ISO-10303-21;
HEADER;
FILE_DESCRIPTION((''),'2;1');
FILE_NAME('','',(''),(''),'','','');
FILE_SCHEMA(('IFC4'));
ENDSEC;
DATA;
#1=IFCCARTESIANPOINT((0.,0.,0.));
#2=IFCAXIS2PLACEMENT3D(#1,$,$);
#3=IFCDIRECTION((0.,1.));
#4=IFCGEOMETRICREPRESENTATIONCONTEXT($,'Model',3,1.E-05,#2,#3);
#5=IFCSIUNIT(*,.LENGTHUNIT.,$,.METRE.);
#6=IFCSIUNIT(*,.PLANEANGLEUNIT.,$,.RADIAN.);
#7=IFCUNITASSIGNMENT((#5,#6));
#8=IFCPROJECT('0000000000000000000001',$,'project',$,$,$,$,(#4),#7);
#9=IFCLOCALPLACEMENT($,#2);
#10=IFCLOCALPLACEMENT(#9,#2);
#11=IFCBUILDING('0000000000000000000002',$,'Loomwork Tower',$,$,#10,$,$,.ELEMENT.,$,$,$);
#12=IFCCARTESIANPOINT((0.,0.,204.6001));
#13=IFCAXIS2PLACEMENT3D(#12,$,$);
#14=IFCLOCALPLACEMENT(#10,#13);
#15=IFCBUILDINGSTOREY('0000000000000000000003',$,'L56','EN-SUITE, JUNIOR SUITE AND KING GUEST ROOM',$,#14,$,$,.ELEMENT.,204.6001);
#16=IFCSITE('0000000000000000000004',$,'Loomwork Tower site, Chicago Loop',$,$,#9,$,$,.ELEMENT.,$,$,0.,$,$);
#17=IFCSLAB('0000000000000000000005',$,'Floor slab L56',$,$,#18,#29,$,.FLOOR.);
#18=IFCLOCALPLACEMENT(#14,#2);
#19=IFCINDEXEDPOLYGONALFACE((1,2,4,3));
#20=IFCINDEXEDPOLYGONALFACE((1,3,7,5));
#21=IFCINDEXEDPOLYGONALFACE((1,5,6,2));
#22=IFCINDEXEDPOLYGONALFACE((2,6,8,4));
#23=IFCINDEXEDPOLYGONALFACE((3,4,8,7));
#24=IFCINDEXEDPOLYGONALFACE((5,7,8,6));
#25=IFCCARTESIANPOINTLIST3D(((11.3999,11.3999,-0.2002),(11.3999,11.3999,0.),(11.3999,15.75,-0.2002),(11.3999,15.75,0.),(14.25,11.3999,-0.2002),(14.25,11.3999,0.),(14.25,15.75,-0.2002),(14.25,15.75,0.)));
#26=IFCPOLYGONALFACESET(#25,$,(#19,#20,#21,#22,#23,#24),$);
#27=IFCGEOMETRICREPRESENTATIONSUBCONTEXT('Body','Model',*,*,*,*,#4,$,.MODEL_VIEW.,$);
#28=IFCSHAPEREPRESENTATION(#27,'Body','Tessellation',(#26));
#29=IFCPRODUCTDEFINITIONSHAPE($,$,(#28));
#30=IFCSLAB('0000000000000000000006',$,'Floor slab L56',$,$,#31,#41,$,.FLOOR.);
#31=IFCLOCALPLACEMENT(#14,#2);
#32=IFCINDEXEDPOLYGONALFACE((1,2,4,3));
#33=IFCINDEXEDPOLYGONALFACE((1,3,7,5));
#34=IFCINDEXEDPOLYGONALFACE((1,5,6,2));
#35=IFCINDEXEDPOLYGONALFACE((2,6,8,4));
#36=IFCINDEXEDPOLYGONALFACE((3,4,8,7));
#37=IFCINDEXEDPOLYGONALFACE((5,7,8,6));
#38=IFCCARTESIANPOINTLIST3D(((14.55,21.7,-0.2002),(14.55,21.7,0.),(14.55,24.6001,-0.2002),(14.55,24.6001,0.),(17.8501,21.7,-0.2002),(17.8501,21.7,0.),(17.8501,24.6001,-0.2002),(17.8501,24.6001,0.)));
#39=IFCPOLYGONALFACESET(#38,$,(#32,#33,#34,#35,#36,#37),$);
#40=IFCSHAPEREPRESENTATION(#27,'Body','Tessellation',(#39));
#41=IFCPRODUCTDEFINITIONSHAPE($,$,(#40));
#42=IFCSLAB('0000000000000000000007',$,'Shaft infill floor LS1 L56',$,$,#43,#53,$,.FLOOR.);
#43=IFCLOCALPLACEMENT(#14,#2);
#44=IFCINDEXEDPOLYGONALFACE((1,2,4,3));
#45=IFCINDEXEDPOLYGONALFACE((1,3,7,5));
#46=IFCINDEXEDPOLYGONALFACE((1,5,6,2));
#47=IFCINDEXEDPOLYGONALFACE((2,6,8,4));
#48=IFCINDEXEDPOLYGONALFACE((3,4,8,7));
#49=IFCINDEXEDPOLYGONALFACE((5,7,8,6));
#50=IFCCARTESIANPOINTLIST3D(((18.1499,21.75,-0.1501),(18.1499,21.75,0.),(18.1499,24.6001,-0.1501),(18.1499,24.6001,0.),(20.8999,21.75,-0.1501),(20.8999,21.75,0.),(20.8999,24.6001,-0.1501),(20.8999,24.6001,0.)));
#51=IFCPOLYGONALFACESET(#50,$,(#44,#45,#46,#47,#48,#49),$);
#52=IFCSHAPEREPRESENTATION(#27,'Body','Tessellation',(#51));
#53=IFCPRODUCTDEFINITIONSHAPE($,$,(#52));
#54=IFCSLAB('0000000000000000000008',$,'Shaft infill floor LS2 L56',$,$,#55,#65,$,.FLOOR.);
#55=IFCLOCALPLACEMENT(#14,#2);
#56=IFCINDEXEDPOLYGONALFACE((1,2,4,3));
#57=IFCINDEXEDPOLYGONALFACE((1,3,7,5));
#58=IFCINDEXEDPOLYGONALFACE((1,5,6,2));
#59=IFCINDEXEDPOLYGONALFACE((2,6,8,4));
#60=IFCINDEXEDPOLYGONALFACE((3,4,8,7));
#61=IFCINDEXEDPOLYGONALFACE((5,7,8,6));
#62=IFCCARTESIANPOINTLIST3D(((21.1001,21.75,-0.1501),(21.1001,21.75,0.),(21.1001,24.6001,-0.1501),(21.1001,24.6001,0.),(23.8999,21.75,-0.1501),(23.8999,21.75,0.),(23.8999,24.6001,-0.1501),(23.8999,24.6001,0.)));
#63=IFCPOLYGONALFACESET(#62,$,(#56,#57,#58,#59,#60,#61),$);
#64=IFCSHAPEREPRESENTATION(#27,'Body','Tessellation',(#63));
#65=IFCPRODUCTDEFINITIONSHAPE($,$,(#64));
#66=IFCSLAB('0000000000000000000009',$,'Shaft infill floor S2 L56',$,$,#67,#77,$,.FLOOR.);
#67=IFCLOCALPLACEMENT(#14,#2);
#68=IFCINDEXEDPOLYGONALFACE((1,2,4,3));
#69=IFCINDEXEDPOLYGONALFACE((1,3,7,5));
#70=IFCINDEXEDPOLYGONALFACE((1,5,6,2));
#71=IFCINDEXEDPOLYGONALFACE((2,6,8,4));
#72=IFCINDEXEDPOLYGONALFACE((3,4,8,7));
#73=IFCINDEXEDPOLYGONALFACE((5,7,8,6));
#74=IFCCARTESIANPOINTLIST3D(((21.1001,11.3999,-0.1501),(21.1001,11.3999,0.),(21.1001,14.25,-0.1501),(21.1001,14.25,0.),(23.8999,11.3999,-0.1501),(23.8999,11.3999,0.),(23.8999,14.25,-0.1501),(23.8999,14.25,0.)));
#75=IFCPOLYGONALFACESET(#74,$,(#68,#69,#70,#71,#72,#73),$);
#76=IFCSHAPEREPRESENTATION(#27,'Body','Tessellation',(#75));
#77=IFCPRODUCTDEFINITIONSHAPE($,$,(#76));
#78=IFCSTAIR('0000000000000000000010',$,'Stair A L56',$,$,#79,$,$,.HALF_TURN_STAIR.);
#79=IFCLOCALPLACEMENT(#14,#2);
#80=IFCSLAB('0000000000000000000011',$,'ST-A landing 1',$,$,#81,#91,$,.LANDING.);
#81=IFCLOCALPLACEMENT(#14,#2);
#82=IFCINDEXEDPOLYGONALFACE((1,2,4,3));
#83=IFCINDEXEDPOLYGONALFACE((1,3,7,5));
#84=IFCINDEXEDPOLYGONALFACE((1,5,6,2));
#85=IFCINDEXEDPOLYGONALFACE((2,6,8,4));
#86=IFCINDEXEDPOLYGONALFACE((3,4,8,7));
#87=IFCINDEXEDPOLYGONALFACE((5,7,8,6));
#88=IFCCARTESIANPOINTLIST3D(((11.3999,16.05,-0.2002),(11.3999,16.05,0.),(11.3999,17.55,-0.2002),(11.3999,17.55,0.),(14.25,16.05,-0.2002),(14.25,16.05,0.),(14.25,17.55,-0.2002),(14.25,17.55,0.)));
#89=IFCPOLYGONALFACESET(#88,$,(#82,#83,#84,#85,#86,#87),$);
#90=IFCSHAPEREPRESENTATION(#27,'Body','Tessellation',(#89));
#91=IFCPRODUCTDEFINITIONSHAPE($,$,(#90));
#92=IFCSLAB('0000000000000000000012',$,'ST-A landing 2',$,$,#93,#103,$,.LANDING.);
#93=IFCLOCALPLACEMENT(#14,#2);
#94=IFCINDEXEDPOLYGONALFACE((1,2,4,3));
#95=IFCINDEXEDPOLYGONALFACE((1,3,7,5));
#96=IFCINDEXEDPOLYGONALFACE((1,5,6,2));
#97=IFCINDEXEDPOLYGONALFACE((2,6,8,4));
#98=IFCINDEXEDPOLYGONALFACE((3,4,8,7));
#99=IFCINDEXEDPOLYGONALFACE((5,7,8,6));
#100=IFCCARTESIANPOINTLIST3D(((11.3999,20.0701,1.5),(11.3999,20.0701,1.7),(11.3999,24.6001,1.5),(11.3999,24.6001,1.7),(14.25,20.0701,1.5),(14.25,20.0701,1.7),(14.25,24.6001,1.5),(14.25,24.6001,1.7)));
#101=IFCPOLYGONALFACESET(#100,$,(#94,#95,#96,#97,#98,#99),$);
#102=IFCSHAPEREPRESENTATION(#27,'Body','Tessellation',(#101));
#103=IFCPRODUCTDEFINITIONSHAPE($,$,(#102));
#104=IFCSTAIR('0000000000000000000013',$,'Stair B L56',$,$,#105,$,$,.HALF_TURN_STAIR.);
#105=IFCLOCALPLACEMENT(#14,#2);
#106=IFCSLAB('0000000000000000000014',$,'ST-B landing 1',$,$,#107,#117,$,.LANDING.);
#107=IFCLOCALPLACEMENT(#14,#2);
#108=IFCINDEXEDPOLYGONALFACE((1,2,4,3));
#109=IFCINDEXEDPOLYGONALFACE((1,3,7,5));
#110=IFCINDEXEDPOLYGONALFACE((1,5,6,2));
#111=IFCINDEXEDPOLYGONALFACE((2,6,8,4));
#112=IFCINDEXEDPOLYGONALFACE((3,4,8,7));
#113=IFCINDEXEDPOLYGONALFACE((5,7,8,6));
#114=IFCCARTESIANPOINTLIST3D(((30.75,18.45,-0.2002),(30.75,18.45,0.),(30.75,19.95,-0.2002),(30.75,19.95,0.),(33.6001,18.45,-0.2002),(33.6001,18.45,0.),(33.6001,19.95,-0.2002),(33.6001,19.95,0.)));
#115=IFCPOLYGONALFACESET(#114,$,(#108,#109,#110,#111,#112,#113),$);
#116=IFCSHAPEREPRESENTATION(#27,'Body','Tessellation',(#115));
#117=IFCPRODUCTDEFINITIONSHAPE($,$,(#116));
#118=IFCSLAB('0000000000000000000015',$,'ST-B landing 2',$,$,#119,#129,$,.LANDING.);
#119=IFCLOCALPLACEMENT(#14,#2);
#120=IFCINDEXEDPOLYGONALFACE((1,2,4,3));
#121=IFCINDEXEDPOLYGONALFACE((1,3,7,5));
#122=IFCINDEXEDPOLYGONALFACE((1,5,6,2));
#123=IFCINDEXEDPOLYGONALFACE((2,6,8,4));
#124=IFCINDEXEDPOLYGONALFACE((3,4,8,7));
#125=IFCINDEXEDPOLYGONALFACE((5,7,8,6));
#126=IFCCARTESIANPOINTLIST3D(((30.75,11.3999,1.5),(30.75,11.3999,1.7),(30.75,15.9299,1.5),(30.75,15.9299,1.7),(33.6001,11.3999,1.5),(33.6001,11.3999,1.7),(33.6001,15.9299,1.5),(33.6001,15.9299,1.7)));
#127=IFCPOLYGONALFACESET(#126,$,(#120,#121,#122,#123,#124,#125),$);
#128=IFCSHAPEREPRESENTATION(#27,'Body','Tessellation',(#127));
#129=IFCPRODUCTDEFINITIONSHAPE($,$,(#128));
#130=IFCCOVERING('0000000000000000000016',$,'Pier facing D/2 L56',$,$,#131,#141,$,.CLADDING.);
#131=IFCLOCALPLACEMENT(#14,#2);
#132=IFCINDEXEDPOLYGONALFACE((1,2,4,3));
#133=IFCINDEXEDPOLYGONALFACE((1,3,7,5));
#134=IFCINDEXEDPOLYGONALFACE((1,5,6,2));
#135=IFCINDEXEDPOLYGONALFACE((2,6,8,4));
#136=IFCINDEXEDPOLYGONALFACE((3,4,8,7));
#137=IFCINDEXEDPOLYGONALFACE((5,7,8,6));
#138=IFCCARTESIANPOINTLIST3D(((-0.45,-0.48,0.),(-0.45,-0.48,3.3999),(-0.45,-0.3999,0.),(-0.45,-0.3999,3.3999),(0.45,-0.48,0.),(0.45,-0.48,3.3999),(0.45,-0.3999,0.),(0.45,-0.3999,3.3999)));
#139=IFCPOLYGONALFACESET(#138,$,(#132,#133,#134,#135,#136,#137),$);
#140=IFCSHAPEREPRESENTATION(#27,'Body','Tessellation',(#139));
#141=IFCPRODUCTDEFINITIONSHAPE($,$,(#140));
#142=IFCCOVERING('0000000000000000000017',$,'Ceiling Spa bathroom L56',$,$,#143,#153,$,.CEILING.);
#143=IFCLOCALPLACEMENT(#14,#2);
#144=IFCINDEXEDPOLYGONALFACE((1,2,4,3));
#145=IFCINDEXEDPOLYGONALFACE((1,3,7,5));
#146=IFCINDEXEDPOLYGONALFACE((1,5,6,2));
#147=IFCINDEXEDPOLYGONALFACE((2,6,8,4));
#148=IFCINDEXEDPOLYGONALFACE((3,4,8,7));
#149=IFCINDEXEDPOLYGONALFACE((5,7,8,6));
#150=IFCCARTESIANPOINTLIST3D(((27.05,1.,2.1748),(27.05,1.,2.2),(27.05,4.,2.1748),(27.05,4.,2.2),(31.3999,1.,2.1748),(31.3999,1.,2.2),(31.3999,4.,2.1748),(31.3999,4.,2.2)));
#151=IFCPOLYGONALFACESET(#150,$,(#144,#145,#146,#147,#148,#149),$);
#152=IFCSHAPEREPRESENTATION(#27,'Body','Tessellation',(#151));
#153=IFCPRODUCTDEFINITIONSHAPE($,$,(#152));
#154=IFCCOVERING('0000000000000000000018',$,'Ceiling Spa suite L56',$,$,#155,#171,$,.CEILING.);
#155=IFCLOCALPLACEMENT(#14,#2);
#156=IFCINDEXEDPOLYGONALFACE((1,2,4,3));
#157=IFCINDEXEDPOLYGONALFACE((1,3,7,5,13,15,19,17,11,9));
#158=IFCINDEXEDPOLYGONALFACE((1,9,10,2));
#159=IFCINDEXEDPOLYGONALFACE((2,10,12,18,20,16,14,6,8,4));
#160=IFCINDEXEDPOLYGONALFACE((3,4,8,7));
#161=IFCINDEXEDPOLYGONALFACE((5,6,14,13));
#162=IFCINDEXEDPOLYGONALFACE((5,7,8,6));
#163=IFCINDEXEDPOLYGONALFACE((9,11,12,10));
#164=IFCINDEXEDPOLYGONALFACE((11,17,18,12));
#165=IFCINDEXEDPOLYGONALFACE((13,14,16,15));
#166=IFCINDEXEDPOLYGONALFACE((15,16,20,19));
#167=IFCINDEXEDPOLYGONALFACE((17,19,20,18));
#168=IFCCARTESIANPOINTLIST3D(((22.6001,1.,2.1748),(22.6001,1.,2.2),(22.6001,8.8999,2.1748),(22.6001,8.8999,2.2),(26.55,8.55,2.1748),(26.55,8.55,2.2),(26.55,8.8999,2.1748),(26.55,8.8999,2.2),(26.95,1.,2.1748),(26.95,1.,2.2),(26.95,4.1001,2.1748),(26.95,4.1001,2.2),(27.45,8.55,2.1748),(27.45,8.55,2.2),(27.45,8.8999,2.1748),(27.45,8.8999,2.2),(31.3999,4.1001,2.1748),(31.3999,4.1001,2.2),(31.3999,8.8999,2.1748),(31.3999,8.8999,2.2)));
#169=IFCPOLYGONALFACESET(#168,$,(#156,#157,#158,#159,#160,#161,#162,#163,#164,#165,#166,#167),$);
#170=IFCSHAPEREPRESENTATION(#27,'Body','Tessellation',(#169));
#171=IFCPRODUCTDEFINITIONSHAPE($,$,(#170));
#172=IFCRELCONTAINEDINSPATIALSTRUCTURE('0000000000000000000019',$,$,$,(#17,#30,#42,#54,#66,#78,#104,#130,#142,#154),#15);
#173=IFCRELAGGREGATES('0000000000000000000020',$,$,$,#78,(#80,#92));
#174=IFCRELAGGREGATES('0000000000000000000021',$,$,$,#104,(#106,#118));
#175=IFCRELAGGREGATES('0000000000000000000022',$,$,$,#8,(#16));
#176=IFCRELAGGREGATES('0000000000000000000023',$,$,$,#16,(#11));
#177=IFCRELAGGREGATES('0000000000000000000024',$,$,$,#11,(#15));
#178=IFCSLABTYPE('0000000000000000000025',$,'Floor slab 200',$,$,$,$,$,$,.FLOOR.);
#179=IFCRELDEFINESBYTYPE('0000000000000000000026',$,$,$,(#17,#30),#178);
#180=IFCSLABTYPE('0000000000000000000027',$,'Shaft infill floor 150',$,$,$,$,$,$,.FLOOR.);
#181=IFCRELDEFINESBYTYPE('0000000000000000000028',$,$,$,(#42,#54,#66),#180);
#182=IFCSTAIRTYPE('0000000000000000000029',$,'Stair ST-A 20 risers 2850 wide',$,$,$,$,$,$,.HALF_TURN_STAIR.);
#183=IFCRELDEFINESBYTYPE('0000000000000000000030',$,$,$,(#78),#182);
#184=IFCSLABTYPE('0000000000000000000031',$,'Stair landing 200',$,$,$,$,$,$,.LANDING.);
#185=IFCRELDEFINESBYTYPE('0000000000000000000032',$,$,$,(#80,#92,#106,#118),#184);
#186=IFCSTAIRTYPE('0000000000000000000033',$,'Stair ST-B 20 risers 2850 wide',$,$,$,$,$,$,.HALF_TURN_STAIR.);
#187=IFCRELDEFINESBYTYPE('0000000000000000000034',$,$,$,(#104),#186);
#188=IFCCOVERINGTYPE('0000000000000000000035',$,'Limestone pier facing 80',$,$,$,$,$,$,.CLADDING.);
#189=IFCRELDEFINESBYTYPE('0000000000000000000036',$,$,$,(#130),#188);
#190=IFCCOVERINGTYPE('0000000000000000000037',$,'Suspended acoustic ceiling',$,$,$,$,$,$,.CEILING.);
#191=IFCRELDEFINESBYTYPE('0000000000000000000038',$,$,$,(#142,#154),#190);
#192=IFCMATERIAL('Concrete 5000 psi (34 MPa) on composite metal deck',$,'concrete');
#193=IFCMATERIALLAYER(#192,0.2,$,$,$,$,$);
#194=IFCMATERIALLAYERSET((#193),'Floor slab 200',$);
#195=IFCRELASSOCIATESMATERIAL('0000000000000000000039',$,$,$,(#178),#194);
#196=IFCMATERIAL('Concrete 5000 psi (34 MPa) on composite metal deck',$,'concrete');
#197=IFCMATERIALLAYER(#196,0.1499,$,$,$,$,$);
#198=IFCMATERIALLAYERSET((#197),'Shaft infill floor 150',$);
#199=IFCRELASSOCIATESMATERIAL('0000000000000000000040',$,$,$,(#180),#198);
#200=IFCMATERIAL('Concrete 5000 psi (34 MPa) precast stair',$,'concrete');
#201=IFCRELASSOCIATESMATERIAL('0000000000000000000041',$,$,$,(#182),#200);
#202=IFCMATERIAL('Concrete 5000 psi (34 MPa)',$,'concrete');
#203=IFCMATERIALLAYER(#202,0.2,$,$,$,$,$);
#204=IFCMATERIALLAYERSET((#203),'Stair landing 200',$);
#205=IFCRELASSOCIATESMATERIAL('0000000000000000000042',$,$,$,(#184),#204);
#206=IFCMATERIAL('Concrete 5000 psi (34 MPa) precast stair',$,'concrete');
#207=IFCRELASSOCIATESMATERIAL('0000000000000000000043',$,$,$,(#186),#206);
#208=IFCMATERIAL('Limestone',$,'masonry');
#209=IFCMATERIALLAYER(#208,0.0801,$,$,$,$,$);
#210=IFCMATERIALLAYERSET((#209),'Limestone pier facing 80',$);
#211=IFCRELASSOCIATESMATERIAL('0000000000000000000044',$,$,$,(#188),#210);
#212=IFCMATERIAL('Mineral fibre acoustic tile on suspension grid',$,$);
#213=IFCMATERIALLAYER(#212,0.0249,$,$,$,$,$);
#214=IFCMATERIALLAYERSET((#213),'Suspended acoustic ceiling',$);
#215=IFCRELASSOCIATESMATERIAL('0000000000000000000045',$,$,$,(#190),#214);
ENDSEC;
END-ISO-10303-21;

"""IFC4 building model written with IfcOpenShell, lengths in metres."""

from ifc_helpers import new_model, si_unit, direction, frame, origin, origin_2d, place, context, subcontext, project, spatial, polyline, rectangle, outline, extrude, material, layer, layer_set, type_object, element, aggregate, save


model = new_model("IFC4")

# Units and contexts
model_context = context("Model", 3, precision=1e-05, world=origin(), true_north=direction((0.0, 1.0)))
body_context = subcontext(model_context, "Body", "Model", "MODEL_VIEW")
ifc_project = project(units=[si_unit("LENGTHUNIT", "METRE"), si_unit("PLANEANGLEUNIT", "RADIAN")], contexts=[model_context])

# Site, building, storey
site_placement = place(None, origin())
site = spatial("IfcSite", under=ifc_project, at=site_placement, Name="Loomwork Tower site, Chicago Loop", CompositionType="ELEMENT", RefElevation=0.0)
building_placement = place(site_placement, origin())
building = spatial("IfcBuilding", under=site, at=building_placement, Name="Loomwork Tower", CompositionType="ELEMENT")
storey_placement = place(building_placement, frame((0.0, 0.0, 204.6001)))
storey = spatial("IfcBuildingStorey", under=building, at=storey_placement, Name="L56", Description="EN-SUITE, JUNIOR SUITE AND KING GUEST ROOM", CompositionType="ELEMENT", Elevation=204.6001)

# Slabs
ifc_material_1 = material(Name="Concrete 5000 psi (34 MPa) on composite metal deck", Category="concrete")
ifc_layer_1 = layer(ifc_material_1, 0.2)
ifc_layer_set_1 = layer_set([ifc_layer_1], Name="Floor slab 200")
slab_type_1 = type_object("IfcSlabType", Name="Floor slab 200", PredefinedType="FLOOR", material=ifc_layer_set_1)
slab_1_placement = place(storey_placement, frame((0.0, 0.0, -0.2002)))
element("IfcSlab", 1, at=slab_1_placement, inside=storey, type_object=slab_type_1, Name="Floor slab L56", PredefinedType="FLOOR", context=body_context, shape_type="SweptSolid", body=[
    extrude(outline(polyline([(14.25, 15.75), (14.25, 11.3999), (11.3999, 11.3999), (11.3999, 15.75), (14.25, 15.75)])), origin(), (0.0, 0.0, 1.0), 0.2002),
])
slab_2_placement = place(storey_placement, frame((0.0, 0.0, -0.2002)))
element("IfcSlab", 2, at=slab_2_placement, inside=storey, type_object=slab_type_1, Name="Floor slab L56", PredefinedType="FLOOR", context=body_context, shape_type="SweptSolid", body=[
    extrude(outline(polyline([(14.55, 21.7), (14.55, 24.6001), (17.8501, 24.6001), (17.8501, 21.7), (14.55, 21.7)])), origin(), (0.0, 0.0, 1.0), 0.2002),
])
ifc_material_2 = material(Name="Concrete 5000 psi (34 MPa) on composite metal deck", Category="concrete")
ifc_layer_2 = layer(ifc_material_2, 0.1499)
ifc_layer_set_2 = layer_set([ifc_layer_2], Name="Shaft infill floor 150")
slab_type_2 = type_object("IfcSlabType", Name="Shaft infill floor 150", PredefinedType="FLOOR", material=ifc_layer_set_2)
slab_3_placement = place(storey_placement, frame((0.0, 0.0, -0.1501)))
element("IfcSlab", 3, at=slab_3_placement, inside=storey, type_object=slab_type_2, Name="Shaft infill floor LS1 L56", PredefinedType="FLOOR", context=body_context, shape_type="SweptSolid", body=[
    extrude(outline(polyline([(18.1499, 21.75), (20.8999, 21.75), (20.8999, 24.6001), (18.1499, 24.6001), (18.1499, 21.75)])), origin(), (0.0, 0.0, 1.0), 0.1501),
])
slab_4_placement = place(storey_placement, frame((0.0, 0.0, -0.1501)))
element("IfcSlab", 4, at=slab_4_placement, inside=storey, type_object=slab_type_2, Name="Shaft infill floor LS2 L56", PredefinedType="FLOOR", context=body_context, shape_type="SweptSolid", body=[
    extrude(outline(polyline([(21.1001, 21.75), (23.8999, 21.75), (23.8999, 24.6001), (21.1001, 24.6001), (21.1001, 21.75)])), origin(), (0.0, 0.0, 1.0), 0.1501),
])
slab_5_placement = place(storey_placement, frame((0.0, 0.0, -0.1501)))
element("IfcSlab", 5, at=slab_5_placement, inside=storey, type_object=slab_type_2, Name="Shaft infill floor S2 L56", PredefinedType="FLOOR", context=body_context, shape_type="SweptSolid", body=[
    extrude(outline(polyline([(21.1001, 11.3999), (23.8999, 11.3999), (23.8999, 14.25), (21.1001, 14.25), (21.1001, 11.3999)])), origin(), (0.0, 0.0, 1.0), 0.1501),
])

# Stairs, slabs
ifc_material_3 = material(Name="Concrete 5000 psi (34 MPa) precast stair", Category="concrete")
stair_type_1 = type_object("IfcStairType", Name="Stair ST-A 20 risers 2850 wide", PredefinedType="HALF_TURN_STAIR", material=ifc_material_3)
stair_1_placement = place(storey_placement, origin())
stair_1 = element("IfcStair", 6, at=stair_1_placement, inside=storey, type_object=stair_type_1, Name="Stair A L56", PredefinedType="HALF_TURN_STAIR")
ifc_material_4 = material(Name="Concrete 5000 psi (34 MPa)", Category="concrete")
ifc_layer_3 = layer(ifc_material_4, 0.2)
ifc_layer_set_3 = layer_set([ifc_layer_3], Name="Stair landing 200")
slab_type_3 = type_object("IfcSlabType", Name="Stair landing 200", PredefinedType="LANDING", material=ifc_layer_set_3)
slab_6_placement = place(storey_placement, frame((0.0, 0.0, -0.2002)))
slab_6 = element("IfcSlab", 7, at=slab_6_placement, type_object=slab_type_3, Name="ST-A landing 1", PredefinedType="LANDING", context=body_context, shape_type="SweptSolid", body=[
    extrude(outline(polyline([(11.3999, 16.05), (14.25, 16.05), (14.25, 17.55), (11.3999, 17.55), (11.3999, 16.05)])), origin(), (0.0, 0.0, 1.0), 0.2002),
])
slab_7_placement = place(storey_placement, frame((0.0, 0.0, 1.5)))
slab_7 = element("IfcSlab", 8, at=slab_7_placement, type_object=slab_type_3, Name="ST-A landing 2", PredefinedType="LANDING", context=body_context, shape_type="SweptSolid", body=[
    extrude(outline(polyline([(11.3999, 20.0701), (14.25, 20.0701), (14.25, 24.6001), (11.3999, 24.6001), (11.3999, 20.0701)])), origin(), (0.0, 0.0, 1.0), 0.2),
])
aggregate(stair_1, [slab_6, slab_7])
ifc_material_5 = material(Name="Concrete 5000 psi (34 MPa) precast stair", Category="concrete")
stair_type_2 = type_object("IfcStairType", Name="Stair ST-B 20 risers 2850 wide", PredefinedType="HALF_TURN_STAIR", material=ifc_material_5)
stair_2_placement = place(storey_placement, origin())
stair_2 = element("IfcStair", 9, at=stair_2_placement, inside=storey, type_object=stair_type_2, Name="Stair B L56", PredefinedType="HALF_TURN_STAIR")
slab_8_placement = place(storey_placement, frame((0.0, 0.0, -0.2002)))
slab_8 = element("IfcSlab", 10, at=slab_8_placement, type_object=slab_type_3, Name="ST-B landing 1", PredefinedType="LANDING", context=body_context, shape_type="SweptSolid", body=[
    extrude(outline(polyline([(30.75, 18.45), (33.6001, 18.45), (33.6001, 19.95), (30.75, 19.95), (30.75, 18.45)])), origin(), (0.0, 0.0, 1.0), 0.2002),
])
slab_9_placement = place(storey_placement, frame((0.0, 0.0, 1.5)))
slab_9 = element("IfcSlab", 11, at=slab_9_placement, type_object=slab_type_3, Name="ST-B landing 2", PredefinedType="LANDING", context=body_context, shape_type="SweptSolid", body=[
    extrude(outline(polyline([(30.75, 11.3999), (33.6001, 11.3999), (33.6001, 15.9299), (30.75, 15.9299), (30.75, 11.3999)])), origin(), (0.0, 0.0, 1.0), 0.2),
])
aggregate(stair_2, [slab_8, slab_9])

# Coverings
ifc_material_6 = material(Name="Limestone", Category="masonry")
ifc_layer_4 = layer(ifc_material_6, 0.0801)
ifc_layer_set_4 = layer_set([ifc_layer_4], Name="Limestone pier facing 80")
covering_type_1 = type_object("IfcCoveringType", Name="Limestone pier facing 80", PredefinedType="CLADDING", material=ifc_layer_set_4)
covering_1_placement = place(storey_placement, frame((0.0, -0.4399, 0.0), z_axis=(0.0, 0.0, 1.0), x_axis=(1.0, 0.0, 0.0)))
element("IfcCovering", 12, at=covering_1_placement, inside=storey, type_object=covering_type_1, Name="Pier facing D/2 L56", PredefinedType="CLADDING", context=body_context, shape_type="SweptSolid", body=[
    extrude(rectangle(XDim=0.8999, YDim=0.0801, at=origin_2d()), origin(), (0.0, 0.0, 1.0), 3.3999),
])
ifc_material_7 = material(Name="Mineral fibre acoustic tile on suspension grid")
ifc_layer_5 = layer(ifc_material_7, 0.0249)
ifc_layer_set_5 = layer_set([ifc_layer_5], Name="Suspended acoustic ceiling")
covering_type_2 = type_object("IfcCoveringType", Name="Suspended acoustic ceiling", PredefinedType="CEILING", material=ifc_layer_set_5)
covering_2_placement = place(storey_placement, frame((0.0, 0.0, 2.1748)))
element("IfcCovering", 13, at=covering_2_placement, inside=storey, type_object=covering_type_2, Name="Ceiling Spa bathroom L56", PredefinedType="CEILING", context=body_context, shape_type="SweptSolid", body=[
    extrude(outline(polyline([(31.3999, 4.0), (31.3999, 1.0), (27.05, 1.0), (27.05, 4.0), (31.3999, 4.0)])), origin(), (0.0, 0.0, 1.0), 0.0251),
])
covering_3_placement = place(storey_placement, frame((0.0, 0.0, 2.1748)))
element("IfcCovering", 14, at=covering_3_placement, inside=storey, type_object=covering_type_2, Name="Ceiling Spa suite L56", PredefinedType="CEILING", context=body_context, shape_type="SweptSolid", body=[
    extrude(outline(polyline([(26.55, 8.8999), (26.55, 8.55), (27.45, 8.55), (27.45, 8.8999), (31.3999, 8.8999), (31.3999, 4.1001), (26.95, 4.1001), (26.95, 1.0), (22.6001, 1.0), (22.6001, 8.8999), (26.55, 8.8999)])), origin(), (0.0, 0.0, 1.0), 0.0251),
])

save(model, "model.ifc")
